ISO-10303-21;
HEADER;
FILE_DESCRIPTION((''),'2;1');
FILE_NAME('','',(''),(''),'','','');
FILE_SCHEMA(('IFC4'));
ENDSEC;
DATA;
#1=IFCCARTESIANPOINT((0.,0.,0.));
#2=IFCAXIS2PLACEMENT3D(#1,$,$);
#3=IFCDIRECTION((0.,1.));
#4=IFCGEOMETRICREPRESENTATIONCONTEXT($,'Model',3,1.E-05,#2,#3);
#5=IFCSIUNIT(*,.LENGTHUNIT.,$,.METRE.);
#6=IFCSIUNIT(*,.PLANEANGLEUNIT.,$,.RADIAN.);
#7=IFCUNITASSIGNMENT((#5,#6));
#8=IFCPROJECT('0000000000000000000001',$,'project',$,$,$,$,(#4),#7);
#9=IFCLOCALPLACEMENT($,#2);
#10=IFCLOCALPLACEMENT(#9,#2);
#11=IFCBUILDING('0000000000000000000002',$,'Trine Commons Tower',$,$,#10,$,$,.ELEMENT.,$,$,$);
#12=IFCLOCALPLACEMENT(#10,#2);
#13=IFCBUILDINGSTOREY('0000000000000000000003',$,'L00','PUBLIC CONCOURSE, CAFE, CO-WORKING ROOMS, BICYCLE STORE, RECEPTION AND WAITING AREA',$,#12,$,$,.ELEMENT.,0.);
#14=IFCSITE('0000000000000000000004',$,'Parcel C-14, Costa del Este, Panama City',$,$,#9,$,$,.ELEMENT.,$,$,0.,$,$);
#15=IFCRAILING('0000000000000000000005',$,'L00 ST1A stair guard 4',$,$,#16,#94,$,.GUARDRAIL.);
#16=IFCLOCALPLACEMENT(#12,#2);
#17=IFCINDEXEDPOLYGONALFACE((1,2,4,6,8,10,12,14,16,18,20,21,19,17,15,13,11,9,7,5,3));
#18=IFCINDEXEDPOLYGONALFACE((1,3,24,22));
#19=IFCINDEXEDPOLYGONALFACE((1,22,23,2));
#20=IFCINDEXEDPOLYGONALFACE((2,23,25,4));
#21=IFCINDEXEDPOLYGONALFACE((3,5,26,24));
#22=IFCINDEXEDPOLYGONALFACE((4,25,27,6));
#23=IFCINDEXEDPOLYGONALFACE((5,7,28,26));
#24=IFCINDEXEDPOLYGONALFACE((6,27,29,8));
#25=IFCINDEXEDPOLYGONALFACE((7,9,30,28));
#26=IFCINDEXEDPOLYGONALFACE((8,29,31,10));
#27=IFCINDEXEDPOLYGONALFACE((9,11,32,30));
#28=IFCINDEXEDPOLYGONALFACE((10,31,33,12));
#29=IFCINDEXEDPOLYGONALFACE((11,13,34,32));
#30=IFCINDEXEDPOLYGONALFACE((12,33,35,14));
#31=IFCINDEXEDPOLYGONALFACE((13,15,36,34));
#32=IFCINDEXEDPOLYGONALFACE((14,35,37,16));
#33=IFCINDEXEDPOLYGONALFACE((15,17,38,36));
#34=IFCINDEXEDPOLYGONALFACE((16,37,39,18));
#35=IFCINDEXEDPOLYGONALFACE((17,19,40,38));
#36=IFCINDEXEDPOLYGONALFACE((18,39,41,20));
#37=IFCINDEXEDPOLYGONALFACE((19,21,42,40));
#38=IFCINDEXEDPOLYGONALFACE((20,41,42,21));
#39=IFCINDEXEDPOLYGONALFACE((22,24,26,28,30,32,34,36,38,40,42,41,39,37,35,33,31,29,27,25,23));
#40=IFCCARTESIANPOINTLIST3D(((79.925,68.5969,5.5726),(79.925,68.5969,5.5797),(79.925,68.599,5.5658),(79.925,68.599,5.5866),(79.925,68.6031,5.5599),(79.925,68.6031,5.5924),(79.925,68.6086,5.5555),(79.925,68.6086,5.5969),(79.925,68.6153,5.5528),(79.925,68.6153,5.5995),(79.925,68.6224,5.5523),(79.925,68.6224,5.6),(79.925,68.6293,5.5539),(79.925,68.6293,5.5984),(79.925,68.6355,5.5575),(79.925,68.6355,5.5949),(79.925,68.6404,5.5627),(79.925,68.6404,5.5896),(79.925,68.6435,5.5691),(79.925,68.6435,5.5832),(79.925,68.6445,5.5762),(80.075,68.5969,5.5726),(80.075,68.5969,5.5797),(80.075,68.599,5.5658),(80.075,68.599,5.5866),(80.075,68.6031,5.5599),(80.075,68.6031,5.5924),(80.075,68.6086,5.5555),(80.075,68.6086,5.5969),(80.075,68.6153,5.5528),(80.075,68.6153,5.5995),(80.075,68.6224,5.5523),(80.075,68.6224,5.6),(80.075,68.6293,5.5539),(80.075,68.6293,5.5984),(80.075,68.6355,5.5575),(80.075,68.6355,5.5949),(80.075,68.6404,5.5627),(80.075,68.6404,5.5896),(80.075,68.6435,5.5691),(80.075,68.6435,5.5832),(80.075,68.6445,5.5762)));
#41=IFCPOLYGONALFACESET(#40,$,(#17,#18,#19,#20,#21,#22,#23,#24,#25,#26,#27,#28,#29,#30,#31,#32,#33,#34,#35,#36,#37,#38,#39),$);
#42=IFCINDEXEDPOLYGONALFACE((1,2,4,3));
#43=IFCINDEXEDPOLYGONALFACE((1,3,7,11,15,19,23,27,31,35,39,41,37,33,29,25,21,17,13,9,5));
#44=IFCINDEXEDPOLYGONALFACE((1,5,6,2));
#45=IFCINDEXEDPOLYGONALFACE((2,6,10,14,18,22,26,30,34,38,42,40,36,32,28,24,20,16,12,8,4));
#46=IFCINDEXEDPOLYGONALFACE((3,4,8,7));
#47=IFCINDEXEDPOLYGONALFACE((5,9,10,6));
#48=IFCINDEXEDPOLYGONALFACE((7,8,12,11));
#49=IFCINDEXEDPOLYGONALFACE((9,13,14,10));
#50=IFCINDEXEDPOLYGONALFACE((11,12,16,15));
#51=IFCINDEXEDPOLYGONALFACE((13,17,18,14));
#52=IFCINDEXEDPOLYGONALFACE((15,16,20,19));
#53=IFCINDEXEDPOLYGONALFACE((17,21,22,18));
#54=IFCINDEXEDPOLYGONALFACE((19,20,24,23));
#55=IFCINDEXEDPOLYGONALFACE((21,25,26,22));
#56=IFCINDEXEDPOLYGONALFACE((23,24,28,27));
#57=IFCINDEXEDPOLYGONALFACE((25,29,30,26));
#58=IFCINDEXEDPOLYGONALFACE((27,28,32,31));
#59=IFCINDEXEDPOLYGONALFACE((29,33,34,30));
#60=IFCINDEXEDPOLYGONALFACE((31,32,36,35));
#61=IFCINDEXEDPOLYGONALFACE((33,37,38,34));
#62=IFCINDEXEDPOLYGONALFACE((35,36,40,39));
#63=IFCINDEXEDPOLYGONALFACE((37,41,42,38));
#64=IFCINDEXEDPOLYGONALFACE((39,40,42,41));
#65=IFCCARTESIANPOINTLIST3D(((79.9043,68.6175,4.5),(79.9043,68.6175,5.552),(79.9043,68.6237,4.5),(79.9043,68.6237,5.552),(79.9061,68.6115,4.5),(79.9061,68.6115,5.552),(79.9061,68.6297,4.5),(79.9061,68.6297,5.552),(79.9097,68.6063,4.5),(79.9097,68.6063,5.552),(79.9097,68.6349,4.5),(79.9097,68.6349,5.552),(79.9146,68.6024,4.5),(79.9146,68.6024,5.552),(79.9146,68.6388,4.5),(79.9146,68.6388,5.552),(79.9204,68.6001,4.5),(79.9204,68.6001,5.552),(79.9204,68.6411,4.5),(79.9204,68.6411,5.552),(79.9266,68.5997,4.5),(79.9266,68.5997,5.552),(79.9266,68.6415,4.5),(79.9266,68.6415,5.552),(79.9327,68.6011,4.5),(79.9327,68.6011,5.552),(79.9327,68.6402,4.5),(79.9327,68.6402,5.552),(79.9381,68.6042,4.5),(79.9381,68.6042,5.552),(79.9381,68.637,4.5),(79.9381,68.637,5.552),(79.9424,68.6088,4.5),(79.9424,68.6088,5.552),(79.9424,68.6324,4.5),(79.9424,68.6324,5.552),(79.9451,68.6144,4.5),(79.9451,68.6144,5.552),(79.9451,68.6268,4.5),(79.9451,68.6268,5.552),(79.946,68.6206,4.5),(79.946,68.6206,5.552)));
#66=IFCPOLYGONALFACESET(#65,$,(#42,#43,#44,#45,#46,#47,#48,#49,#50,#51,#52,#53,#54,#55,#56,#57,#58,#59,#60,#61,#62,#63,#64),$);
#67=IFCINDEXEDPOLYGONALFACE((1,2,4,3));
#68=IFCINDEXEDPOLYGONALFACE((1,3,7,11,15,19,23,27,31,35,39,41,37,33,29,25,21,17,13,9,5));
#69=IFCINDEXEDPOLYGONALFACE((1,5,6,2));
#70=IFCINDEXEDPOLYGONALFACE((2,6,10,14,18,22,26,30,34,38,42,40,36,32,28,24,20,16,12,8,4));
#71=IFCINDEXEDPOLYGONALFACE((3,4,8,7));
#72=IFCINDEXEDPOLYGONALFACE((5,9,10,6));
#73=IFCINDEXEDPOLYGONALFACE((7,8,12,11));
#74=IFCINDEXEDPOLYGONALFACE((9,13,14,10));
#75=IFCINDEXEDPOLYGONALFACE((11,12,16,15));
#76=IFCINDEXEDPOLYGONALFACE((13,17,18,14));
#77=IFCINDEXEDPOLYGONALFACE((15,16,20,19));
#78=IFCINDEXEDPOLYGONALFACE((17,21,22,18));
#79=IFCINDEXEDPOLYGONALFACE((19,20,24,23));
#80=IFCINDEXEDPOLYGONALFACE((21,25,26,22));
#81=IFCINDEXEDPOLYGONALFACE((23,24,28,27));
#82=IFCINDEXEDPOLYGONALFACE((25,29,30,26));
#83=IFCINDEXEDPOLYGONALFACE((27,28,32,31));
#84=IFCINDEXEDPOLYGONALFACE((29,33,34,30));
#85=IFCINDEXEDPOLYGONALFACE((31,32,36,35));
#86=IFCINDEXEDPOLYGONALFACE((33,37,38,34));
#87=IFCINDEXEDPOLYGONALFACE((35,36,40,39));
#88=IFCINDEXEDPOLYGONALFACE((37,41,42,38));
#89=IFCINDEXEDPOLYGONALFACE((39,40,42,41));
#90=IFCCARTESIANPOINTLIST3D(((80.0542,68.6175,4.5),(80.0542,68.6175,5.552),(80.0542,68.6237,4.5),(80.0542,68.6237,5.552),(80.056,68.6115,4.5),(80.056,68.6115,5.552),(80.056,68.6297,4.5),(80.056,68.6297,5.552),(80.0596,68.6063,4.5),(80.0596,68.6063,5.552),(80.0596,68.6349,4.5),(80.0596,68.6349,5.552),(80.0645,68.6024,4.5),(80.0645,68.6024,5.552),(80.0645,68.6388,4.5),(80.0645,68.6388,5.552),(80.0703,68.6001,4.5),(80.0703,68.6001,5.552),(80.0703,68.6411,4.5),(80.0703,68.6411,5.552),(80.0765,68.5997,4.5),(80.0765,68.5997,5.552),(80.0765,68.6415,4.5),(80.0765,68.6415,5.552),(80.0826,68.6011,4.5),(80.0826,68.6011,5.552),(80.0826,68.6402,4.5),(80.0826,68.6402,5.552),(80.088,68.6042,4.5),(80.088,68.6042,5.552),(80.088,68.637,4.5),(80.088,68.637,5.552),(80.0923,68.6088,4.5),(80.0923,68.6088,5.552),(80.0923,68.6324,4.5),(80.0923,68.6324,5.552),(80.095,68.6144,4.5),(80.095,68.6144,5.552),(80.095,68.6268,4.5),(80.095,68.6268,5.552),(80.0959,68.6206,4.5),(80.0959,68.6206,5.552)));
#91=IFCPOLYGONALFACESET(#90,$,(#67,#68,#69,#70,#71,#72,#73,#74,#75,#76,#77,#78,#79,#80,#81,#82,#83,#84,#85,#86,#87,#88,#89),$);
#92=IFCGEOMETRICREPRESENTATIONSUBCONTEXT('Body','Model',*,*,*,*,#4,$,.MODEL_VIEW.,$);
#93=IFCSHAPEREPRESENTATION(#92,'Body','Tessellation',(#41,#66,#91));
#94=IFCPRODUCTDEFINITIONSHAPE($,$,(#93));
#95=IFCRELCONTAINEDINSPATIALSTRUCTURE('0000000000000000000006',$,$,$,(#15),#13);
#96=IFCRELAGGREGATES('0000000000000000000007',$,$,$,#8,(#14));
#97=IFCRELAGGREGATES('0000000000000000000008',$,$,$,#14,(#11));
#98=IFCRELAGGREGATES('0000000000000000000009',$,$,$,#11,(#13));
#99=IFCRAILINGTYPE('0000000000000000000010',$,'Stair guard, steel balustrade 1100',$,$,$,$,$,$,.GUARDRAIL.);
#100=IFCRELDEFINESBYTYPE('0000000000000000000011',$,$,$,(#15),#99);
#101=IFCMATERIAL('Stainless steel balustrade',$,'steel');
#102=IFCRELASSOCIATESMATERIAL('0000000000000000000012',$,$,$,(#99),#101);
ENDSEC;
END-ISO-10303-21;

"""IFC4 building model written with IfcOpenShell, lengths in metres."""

from ifc_helpers import new_model, si_unit, direction, frame, origin, origin_2d, place, context, subcontext, project, spatial, circle, extrude, material, type_object, element, save


model = new_model("IFC4")

# Units and contexts
model_context = context("Model", 3, precision=1e-05, world=origin(), true_north=direction((0.0, 1.0)))
body_context = subcontext(model_context, "Body", "Model", "MODEL_VIEW")
ifc_project = project(units=[si_unit("LENGTHUNIT", "METRE"), si_unit("PLANEANGLEUNIT", "RADIAN")], contexts=[model_context])

# Site, building, storey
site_placement = place(None, origin())
site = spatial("IfcSite", under=ifc_project, at=site_placement, Name="Parcel C-14, Costa del Este, Panama City", CompositionType="ELEMENT", RefElevation=0.0)
building_placement = place(site_placement, origin())
building = spatial("IfcBuilding", under=site, at=building_placement, Name="Trine Commons Tower", CompositionType="ELEMENT")
storey_placement = place(building_placement, origin())
storey = spatial("IfcBuildingStorey", under=building, at=storey_placement, Name="L00", Description="PUBLIC CONCOURSE, CAFE, CO-WORKING ROOMS, BICYCLE STORE, RECEPTION AND WAITING AREA", CompositionType="ELEMENT", Elevation=0.0)

# Railing
ifc_material_1 = material(Name="Stainless steel balustrade", Category="steel")
railing_type = type_object("IfcRailingType", Name="Stair guard, steel balustrade 1100", PredefinedType="GUARDRAIL", material=ifc_material_1)
railing_1_placement = place(storey_placement, frame((79.925, 68.6206, 4.5)))
element("IfcRailing", 1, at=railing_1_placement, inside=storey, type_object=railing_type, Name="L00 ST1A stair guard 4", PredefinedType="GUARDRAIL", context=body_context, shape_type="SweptSolid", body=[
    extrude(circle(Radius=0.0239, at=origin_2d()), frame((0.0, 0.0, 1.0762), z_axis=(1.0, 0.0, 0.0), x_axis=(0.0, 1.0, 0.0)), (0.0, 0.0, 1.0), 0.1499),
    extrude(circle(Radius=0.021, at=origin_2d()), origin(), (0.0, 0.0, 1.0), 1.052),
    extrude(circle(Radius=0.021, at=origin_2d()), frame((0.1499, 0.0, 0.0)), (0.0, 0.0, 1.0), 1.052),
])

save(model, "model.ifc")
